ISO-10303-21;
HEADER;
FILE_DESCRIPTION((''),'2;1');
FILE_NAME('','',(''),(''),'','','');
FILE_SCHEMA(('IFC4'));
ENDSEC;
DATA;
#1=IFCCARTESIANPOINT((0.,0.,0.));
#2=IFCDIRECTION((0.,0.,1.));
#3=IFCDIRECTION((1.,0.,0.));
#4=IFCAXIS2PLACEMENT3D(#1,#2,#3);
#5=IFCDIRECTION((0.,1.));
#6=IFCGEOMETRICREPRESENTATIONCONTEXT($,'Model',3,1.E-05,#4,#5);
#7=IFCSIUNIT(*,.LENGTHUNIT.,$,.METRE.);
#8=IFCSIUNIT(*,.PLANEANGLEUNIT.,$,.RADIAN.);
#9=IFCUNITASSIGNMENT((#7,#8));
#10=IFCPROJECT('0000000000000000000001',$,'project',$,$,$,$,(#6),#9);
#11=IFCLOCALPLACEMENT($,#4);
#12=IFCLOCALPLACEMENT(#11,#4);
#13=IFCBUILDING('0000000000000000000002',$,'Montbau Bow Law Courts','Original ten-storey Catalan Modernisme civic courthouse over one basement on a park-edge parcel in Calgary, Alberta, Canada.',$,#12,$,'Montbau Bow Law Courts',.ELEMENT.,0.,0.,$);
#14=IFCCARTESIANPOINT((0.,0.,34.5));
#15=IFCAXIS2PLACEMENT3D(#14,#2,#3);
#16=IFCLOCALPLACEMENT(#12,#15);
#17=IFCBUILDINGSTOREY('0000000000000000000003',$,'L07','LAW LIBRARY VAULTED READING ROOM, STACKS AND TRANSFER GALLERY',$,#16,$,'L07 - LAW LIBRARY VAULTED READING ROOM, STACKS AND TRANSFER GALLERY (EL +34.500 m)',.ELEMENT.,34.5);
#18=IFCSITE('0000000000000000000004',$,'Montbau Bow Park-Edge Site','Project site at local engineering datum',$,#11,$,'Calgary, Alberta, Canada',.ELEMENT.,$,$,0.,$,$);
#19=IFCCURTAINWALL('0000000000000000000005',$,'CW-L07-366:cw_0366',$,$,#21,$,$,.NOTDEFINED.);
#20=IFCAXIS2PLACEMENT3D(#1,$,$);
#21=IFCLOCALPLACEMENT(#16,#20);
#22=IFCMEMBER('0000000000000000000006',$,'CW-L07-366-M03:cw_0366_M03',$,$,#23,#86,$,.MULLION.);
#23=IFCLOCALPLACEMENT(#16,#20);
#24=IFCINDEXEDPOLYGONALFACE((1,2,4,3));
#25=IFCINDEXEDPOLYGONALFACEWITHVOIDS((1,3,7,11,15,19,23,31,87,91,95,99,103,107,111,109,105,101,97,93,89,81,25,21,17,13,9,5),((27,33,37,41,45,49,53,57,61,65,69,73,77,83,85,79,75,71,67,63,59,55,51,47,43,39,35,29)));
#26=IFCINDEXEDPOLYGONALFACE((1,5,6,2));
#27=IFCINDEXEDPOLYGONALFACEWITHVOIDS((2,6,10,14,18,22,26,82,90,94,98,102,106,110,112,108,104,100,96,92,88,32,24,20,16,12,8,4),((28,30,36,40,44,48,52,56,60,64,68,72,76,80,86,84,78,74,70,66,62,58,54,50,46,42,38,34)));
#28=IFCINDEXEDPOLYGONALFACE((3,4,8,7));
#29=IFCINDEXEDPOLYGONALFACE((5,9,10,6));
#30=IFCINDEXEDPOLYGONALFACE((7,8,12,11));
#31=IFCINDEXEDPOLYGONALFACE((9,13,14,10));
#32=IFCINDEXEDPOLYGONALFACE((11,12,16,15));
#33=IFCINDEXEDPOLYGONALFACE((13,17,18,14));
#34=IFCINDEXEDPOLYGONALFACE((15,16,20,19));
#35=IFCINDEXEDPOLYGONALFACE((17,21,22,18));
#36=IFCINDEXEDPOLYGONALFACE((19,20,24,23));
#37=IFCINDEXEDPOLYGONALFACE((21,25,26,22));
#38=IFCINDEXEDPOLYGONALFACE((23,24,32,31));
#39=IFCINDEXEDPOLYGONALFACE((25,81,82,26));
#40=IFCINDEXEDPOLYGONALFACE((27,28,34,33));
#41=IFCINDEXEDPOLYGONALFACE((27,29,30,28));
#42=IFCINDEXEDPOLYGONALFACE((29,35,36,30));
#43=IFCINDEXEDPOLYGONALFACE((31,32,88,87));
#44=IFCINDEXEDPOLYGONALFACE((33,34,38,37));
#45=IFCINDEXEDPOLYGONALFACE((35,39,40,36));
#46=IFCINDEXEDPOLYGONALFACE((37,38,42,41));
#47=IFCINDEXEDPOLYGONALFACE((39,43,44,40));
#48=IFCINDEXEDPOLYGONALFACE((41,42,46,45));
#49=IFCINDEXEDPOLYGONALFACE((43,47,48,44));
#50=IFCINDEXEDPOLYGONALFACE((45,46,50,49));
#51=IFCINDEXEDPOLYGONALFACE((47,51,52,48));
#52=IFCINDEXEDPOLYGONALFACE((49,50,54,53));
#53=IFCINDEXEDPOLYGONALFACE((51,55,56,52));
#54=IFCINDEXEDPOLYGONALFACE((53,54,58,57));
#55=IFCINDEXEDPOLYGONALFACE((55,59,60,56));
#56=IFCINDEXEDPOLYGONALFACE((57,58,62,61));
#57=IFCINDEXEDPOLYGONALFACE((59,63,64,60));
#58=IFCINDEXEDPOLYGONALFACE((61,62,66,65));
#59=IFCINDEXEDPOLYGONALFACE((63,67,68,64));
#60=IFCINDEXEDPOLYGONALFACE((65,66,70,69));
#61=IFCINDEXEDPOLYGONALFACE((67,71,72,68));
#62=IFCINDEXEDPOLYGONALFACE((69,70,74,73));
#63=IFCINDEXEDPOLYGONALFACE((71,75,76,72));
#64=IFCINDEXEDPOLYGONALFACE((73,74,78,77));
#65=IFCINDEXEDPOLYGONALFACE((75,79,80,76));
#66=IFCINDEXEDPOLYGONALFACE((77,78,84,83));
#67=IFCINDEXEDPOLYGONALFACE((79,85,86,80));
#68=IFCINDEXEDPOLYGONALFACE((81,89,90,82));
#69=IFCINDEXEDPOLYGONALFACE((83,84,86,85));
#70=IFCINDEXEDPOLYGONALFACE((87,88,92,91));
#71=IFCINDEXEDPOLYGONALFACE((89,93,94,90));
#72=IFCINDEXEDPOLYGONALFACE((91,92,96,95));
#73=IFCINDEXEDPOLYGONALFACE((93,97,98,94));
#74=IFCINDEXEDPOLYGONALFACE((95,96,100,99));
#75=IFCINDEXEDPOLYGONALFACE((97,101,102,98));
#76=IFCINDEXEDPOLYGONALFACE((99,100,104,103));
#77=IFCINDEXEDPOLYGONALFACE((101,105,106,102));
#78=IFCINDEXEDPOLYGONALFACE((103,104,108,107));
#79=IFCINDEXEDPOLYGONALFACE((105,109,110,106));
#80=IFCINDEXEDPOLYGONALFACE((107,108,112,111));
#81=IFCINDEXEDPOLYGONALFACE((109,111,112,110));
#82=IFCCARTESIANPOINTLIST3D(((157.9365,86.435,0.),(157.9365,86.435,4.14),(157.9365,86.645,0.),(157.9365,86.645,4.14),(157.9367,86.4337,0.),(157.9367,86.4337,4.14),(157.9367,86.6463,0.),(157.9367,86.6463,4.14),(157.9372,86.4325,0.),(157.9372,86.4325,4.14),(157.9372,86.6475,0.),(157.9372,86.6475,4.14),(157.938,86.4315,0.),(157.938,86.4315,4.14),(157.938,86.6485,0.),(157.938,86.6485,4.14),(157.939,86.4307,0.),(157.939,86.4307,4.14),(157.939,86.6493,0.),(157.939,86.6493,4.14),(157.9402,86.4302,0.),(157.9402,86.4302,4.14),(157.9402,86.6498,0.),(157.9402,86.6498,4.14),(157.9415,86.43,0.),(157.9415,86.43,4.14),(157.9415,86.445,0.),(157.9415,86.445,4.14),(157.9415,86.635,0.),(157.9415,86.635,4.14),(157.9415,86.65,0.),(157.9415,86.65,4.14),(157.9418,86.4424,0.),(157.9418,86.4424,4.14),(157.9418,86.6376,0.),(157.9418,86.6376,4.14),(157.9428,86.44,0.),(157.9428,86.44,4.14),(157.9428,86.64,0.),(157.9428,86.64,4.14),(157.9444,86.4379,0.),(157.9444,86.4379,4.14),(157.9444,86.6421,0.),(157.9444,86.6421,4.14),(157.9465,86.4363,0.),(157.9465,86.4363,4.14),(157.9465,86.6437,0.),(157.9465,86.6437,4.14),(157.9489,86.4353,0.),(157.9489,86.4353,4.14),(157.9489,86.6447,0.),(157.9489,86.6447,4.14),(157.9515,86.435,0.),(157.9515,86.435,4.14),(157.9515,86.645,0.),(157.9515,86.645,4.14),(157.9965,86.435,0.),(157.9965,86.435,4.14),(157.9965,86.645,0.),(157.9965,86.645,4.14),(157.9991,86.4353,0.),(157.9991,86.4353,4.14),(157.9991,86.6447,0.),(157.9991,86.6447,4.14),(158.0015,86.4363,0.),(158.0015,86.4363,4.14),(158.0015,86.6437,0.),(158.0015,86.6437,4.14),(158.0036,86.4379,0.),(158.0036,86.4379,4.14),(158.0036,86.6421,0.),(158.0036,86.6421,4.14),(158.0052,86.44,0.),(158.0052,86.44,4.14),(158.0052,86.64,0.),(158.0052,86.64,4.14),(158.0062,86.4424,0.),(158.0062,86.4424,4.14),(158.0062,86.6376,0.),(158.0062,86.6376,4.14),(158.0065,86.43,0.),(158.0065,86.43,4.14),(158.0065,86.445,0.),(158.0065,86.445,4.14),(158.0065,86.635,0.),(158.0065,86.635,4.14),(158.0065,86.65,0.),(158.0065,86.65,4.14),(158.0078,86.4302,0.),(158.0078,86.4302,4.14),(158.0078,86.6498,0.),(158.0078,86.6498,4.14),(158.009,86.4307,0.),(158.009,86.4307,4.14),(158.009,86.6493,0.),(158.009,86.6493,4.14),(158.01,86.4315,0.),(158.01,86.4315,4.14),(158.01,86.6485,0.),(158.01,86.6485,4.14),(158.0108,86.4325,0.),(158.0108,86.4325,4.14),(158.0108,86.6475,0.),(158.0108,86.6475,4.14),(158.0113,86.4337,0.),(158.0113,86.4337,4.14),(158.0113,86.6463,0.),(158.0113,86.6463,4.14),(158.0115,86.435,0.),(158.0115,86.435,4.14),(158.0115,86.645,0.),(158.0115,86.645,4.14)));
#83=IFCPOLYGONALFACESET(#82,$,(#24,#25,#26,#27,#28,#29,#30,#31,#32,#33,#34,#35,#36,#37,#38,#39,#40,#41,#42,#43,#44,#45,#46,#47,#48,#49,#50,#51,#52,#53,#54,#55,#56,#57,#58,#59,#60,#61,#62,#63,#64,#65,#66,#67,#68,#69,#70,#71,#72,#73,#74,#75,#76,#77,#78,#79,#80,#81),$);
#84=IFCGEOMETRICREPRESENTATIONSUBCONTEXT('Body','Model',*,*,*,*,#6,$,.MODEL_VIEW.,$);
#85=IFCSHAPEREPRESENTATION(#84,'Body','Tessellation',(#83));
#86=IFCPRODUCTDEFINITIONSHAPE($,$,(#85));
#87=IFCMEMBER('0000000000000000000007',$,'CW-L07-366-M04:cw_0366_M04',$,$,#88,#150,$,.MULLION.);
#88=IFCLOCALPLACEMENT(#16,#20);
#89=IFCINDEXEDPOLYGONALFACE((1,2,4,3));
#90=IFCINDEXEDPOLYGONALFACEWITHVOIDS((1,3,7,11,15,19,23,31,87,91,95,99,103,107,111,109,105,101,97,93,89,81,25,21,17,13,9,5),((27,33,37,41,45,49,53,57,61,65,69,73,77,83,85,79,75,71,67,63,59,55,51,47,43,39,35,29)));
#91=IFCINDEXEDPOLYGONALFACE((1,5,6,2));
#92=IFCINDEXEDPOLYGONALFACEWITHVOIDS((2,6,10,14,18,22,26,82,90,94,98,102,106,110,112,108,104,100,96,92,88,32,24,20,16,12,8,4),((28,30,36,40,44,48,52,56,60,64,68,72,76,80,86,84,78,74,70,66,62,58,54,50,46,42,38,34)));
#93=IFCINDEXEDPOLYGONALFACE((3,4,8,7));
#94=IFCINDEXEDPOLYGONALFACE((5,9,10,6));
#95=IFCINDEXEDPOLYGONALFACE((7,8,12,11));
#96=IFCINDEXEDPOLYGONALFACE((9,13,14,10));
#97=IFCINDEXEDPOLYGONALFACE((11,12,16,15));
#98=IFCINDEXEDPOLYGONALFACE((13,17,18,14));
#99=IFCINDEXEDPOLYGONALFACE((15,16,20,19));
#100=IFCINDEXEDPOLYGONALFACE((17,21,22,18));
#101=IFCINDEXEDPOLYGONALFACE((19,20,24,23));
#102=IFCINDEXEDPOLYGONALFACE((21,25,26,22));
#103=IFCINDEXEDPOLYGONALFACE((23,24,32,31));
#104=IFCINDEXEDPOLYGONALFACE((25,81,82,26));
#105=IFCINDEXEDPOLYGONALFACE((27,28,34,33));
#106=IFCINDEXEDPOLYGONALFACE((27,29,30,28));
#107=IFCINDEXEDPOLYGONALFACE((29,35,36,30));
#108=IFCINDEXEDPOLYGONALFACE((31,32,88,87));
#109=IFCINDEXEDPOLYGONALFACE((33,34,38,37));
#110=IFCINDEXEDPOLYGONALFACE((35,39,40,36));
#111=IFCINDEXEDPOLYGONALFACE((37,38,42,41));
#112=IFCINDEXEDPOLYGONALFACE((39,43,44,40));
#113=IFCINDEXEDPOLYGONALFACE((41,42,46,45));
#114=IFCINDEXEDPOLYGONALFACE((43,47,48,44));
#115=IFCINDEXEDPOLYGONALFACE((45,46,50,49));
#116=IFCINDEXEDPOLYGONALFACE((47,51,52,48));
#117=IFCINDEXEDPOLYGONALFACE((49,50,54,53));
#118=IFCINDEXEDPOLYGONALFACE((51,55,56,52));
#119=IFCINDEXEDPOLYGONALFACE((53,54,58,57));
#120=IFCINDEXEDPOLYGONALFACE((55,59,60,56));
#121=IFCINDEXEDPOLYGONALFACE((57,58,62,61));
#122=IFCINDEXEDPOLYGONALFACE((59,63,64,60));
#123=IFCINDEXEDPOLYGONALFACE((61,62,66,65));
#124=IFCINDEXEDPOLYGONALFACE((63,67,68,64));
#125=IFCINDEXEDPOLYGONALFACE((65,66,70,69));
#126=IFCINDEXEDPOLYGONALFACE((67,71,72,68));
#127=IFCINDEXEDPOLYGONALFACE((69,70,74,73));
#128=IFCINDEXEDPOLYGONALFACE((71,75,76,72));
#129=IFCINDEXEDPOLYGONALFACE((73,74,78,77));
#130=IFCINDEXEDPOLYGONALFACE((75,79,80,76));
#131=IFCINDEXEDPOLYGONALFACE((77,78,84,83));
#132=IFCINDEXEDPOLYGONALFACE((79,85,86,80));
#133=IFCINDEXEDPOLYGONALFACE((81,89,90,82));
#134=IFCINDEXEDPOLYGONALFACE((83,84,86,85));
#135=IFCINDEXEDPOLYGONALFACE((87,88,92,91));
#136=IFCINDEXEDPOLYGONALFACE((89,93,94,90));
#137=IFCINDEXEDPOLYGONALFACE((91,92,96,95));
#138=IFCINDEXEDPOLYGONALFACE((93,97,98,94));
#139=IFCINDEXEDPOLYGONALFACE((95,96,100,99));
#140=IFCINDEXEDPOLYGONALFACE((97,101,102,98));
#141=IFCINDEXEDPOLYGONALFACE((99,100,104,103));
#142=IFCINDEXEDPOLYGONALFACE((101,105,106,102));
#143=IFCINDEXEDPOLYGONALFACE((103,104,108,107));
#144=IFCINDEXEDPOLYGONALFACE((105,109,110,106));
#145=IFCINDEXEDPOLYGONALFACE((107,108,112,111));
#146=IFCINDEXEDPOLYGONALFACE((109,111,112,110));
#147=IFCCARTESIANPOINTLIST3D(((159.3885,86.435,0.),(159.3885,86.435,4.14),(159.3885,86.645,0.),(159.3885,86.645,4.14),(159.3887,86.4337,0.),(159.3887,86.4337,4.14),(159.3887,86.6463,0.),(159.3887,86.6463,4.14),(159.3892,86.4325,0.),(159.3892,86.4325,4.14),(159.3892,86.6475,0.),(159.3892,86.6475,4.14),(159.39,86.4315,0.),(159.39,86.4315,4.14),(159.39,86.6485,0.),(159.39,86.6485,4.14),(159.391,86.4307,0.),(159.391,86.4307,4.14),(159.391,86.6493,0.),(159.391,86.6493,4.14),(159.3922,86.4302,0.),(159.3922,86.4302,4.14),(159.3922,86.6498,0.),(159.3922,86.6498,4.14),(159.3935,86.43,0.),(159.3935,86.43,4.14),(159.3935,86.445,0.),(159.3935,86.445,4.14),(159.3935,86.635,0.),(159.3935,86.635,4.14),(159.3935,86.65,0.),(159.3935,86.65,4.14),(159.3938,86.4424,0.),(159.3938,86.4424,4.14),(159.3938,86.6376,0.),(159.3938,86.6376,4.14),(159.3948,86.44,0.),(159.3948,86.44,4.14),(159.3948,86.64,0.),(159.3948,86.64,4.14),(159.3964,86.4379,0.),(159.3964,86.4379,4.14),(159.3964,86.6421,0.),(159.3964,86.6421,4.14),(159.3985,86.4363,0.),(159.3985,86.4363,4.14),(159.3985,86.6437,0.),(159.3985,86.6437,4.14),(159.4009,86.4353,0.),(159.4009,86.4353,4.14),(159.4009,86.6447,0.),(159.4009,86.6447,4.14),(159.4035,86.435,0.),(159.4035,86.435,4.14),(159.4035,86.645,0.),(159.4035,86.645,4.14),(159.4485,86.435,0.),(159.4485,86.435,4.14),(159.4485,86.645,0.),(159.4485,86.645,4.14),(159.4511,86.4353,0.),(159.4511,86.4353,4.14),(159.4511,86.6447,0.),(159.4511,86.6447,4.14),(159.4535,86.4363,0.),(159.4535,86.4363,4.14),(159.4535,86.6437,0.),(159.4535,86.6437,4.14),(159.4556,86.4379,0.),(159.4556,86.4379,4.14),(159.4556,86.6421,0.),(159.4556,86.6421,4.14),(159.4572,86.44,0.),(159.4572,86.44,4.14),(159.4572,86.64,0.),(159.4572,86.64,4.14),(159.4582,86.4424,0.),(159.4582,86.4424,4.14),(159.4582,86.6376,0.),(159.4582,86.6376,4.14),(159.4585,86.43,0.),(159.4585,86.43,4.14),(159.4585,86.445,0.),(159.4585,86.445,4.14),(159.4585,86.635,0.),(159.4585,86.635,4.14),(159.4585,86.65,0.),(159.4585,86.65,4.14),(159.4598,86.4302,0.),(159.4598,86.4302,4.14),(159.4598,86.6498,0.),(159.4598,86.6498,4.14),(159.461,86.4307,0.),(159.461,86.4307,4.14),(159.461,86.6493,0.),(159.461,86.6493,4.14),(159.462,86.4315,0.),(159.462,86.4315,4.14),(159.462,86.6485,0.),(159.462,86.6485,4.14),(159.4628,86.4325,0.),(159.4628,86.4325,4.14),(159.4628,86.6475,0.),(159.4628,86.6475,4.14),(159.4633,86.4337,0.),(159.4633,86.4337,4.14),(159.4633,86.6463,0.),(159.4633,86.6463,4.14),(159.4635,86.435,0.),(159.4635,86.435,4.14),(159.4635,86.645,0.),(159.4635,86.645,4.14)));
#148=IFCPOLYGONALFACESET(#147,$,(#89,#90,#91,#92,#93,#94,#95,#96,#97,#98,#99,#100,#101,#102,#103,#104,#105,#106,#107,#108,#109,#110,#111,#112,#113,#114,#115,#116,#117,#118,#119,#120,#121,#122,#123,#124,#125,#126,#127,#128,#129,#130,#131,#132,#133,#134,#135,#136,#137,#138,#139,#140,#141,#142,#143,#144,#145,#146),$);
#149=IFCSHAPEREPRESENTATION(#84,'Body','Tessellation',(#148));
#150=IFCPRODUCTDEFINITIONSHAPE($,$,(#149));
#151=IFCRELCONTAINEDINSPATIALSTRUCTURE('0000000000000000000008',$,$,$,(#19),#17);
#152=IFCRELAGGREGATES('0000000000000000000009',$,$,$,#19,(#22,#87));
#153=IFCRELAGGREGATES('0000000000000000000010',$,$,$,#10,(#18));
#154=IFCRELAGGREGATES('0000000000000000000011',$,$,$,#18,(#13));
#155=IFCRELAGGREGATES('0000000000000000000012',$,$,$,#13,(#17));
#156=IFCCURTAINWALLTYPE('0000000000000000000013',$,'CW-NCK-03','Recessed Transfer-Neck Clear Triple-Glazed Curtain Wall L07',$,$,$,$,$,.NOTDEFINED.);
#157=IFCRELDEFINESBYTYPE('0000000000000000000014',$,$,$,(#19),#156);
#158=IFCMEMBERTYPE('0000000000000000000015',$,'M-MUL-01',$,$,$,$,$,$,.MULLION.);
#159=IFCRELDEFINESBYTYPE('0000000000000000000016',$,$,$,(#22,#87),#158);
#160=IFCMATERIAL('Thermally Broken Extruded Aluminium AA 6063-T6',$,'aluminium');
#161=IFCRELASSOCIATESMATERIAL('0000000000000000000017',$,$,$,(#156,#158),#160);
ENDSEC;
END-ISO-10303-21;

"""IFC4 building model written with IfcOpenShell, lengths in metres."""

from ifc_helpers import new_model, si_unit, direction, frame, origin_with_axes, origin_2d_with_axis, place, context, subcontext, project, spatial, hollow_rectangle, extrude, material, material_profile, profile_set, type_object, element, aggregate, save


model = new_model("IFC4")

# Units and contexts
model_context = context("Model", 3, precision=1e-05, world=origin_with_axes(), true_north=direction((0.0, 1.0)))
body_context = subcontext(model_context, "Body", "Model", "MODEL_VIEW")
ifc_project = project(units=[si_unit("LENGTHUNIT", "METRE"), si_unit("PLANEANGLEUNIT", "RADIAN")], contexts=[model_context])

# Site, building, storey
site_placement = place(None, origin_with_axes())
site = spatial("IfcSite", under=ifc_project, at=site_placement, Name="Montbau Bow Park-Edge Site", Description="Project site at local engineering datum", LongName="Calgary, Alberta, Canada", CompositionType="ELEMENT", RefElevation=0.0)
building_placement = place(site_placement, origin_with_axes())
building = spatial("IfcBuilding", under=site, at=building_placement, Name="Montbau Bow Law Courts", Description="Original ten-storey Catalan Modernisme civic courthouse over one basement on a park-edge parcel in Calgary, Alberta, Canada.", LongName="Montbau Bow Law Courts", CompositionType="ELEMENT", ElevationOfRefHeight=0.0, ElevationOfTerrain=0.0)
storey_placement = place(building_placement, frame((0.0, 0.0, 34.5), z_axis=(0.0, 0.0, 1.0), x_axis=(1.0, 0.0, 0.0)))
storey = spatial("IfcBuildingStorey", under=building, at=storey_placement, Name="L07", Description="LAW LIBRARY VAULTED READING ROOM, STACKS AND TRANSFER GALLERY", LongName="L07 - LAW LIBRARY VAULTED READING ROOM, STACKS AND TRANSFER GALLERY (EL +34.500 m)", CompositionType="ELEMENT", Elevation=34.5)

# Curtain wall, members
ifc_material_1 = material(Name="Thermally Broken Extruded Aluminium AA 6063-T6", Category="aluminium")
curtain_wall_type = type_object("IfcCurtainWallType", Name="CW-NCK-03", Description="Recessed Transfer-Neck Clear Triple-Glazed Curtain Wall L07", PredefinedType="NOTDEFINED", material=ifc_material_1)
curtain_wall_1_placement = place(None, frame((155.068, 86.54, 34.5), z_axis=(0.0, 0.0, 1.0), x_axis=(1.0, 0.0, 0.0)))
curtain_wall_1 = element("IfcCurtainWall", 1, at=curtain_wall_1_placement, inside=storey, type_object=curtain_wall_type, Name="CW-L07-366:cw_0366", PredefinedType="NOTDEFINED")
ifc_material_profile_1 = material_profile(ifc_material_1, hollow_rectangle(XDim=0.075, YDim=0.22, WallThickness=0.005, InnerFilletRadius=0.01, OuterFilletRadius=0.005, at=origin_2d_with_axis()), Name="CWM-220X75", Category="Main", Priority=0)
ifc_profile_set_1 = profile_set([ifc_material_profile_1], Name="Thermally Broken Extruded Aluminium AA 6063-T6")
member_type_1 = type_object("IfcMemberType", Name="M-MUL-01", PredefinedType="MULLION", material=ifc_profile_set_1)
member_1_placement = place(None, frame((157.974, 86.54, 34.5), z_axis=(0.0, 0.0, 1.0), x_axis=(1.0, 0.0, 0.0)))
member_1 = element("IfcMember", 2, at=member_1_placement, type_object=member_type_1, Name="CW-L07-366-M03:cw_0366_M03", PredefinedType="MULLION", context=body_context, shape_type="SweptSolid", body=[
    extrude(hollow_rectangle(XDim=0.075, YDim=0.22, WallThickness=0.005, InnerFilletRadius=0.01, OuterFilletRadius=0.005, at=origin_2d_with_axis()), origin_with_axes(), (0.0, 0.0, 1.0), 4.14),
])
member_2_placement = place(None, frame((159.426, 86.54, 34.5), z_axis=(0.0, 0.0, 1.0), x_axis=(1.0, 0.0, 0.0)))
member_2 = element("IfcMember", 3, at=member_2_placement, type_object=member_type_1, Name="CW-L07-366-M04:cw_0366_M04", PredefinedType="MULLION", context=body_context, shape_type="SweptSolid", body=[
    extrude(hollow_rectangle(XDim=0.075, YDim=0.22, WallThickness=0.005, InnerFilletRadius=0.01, OuterFilletRadius=0.005, at=origin_2d_with_axis()), origin_with_axes(), (0.0, 0.0, 1.0), 4.14),
])

aggregate(curtain_wall_1, [member_1, member_2])

save(model, "model.ifc")
